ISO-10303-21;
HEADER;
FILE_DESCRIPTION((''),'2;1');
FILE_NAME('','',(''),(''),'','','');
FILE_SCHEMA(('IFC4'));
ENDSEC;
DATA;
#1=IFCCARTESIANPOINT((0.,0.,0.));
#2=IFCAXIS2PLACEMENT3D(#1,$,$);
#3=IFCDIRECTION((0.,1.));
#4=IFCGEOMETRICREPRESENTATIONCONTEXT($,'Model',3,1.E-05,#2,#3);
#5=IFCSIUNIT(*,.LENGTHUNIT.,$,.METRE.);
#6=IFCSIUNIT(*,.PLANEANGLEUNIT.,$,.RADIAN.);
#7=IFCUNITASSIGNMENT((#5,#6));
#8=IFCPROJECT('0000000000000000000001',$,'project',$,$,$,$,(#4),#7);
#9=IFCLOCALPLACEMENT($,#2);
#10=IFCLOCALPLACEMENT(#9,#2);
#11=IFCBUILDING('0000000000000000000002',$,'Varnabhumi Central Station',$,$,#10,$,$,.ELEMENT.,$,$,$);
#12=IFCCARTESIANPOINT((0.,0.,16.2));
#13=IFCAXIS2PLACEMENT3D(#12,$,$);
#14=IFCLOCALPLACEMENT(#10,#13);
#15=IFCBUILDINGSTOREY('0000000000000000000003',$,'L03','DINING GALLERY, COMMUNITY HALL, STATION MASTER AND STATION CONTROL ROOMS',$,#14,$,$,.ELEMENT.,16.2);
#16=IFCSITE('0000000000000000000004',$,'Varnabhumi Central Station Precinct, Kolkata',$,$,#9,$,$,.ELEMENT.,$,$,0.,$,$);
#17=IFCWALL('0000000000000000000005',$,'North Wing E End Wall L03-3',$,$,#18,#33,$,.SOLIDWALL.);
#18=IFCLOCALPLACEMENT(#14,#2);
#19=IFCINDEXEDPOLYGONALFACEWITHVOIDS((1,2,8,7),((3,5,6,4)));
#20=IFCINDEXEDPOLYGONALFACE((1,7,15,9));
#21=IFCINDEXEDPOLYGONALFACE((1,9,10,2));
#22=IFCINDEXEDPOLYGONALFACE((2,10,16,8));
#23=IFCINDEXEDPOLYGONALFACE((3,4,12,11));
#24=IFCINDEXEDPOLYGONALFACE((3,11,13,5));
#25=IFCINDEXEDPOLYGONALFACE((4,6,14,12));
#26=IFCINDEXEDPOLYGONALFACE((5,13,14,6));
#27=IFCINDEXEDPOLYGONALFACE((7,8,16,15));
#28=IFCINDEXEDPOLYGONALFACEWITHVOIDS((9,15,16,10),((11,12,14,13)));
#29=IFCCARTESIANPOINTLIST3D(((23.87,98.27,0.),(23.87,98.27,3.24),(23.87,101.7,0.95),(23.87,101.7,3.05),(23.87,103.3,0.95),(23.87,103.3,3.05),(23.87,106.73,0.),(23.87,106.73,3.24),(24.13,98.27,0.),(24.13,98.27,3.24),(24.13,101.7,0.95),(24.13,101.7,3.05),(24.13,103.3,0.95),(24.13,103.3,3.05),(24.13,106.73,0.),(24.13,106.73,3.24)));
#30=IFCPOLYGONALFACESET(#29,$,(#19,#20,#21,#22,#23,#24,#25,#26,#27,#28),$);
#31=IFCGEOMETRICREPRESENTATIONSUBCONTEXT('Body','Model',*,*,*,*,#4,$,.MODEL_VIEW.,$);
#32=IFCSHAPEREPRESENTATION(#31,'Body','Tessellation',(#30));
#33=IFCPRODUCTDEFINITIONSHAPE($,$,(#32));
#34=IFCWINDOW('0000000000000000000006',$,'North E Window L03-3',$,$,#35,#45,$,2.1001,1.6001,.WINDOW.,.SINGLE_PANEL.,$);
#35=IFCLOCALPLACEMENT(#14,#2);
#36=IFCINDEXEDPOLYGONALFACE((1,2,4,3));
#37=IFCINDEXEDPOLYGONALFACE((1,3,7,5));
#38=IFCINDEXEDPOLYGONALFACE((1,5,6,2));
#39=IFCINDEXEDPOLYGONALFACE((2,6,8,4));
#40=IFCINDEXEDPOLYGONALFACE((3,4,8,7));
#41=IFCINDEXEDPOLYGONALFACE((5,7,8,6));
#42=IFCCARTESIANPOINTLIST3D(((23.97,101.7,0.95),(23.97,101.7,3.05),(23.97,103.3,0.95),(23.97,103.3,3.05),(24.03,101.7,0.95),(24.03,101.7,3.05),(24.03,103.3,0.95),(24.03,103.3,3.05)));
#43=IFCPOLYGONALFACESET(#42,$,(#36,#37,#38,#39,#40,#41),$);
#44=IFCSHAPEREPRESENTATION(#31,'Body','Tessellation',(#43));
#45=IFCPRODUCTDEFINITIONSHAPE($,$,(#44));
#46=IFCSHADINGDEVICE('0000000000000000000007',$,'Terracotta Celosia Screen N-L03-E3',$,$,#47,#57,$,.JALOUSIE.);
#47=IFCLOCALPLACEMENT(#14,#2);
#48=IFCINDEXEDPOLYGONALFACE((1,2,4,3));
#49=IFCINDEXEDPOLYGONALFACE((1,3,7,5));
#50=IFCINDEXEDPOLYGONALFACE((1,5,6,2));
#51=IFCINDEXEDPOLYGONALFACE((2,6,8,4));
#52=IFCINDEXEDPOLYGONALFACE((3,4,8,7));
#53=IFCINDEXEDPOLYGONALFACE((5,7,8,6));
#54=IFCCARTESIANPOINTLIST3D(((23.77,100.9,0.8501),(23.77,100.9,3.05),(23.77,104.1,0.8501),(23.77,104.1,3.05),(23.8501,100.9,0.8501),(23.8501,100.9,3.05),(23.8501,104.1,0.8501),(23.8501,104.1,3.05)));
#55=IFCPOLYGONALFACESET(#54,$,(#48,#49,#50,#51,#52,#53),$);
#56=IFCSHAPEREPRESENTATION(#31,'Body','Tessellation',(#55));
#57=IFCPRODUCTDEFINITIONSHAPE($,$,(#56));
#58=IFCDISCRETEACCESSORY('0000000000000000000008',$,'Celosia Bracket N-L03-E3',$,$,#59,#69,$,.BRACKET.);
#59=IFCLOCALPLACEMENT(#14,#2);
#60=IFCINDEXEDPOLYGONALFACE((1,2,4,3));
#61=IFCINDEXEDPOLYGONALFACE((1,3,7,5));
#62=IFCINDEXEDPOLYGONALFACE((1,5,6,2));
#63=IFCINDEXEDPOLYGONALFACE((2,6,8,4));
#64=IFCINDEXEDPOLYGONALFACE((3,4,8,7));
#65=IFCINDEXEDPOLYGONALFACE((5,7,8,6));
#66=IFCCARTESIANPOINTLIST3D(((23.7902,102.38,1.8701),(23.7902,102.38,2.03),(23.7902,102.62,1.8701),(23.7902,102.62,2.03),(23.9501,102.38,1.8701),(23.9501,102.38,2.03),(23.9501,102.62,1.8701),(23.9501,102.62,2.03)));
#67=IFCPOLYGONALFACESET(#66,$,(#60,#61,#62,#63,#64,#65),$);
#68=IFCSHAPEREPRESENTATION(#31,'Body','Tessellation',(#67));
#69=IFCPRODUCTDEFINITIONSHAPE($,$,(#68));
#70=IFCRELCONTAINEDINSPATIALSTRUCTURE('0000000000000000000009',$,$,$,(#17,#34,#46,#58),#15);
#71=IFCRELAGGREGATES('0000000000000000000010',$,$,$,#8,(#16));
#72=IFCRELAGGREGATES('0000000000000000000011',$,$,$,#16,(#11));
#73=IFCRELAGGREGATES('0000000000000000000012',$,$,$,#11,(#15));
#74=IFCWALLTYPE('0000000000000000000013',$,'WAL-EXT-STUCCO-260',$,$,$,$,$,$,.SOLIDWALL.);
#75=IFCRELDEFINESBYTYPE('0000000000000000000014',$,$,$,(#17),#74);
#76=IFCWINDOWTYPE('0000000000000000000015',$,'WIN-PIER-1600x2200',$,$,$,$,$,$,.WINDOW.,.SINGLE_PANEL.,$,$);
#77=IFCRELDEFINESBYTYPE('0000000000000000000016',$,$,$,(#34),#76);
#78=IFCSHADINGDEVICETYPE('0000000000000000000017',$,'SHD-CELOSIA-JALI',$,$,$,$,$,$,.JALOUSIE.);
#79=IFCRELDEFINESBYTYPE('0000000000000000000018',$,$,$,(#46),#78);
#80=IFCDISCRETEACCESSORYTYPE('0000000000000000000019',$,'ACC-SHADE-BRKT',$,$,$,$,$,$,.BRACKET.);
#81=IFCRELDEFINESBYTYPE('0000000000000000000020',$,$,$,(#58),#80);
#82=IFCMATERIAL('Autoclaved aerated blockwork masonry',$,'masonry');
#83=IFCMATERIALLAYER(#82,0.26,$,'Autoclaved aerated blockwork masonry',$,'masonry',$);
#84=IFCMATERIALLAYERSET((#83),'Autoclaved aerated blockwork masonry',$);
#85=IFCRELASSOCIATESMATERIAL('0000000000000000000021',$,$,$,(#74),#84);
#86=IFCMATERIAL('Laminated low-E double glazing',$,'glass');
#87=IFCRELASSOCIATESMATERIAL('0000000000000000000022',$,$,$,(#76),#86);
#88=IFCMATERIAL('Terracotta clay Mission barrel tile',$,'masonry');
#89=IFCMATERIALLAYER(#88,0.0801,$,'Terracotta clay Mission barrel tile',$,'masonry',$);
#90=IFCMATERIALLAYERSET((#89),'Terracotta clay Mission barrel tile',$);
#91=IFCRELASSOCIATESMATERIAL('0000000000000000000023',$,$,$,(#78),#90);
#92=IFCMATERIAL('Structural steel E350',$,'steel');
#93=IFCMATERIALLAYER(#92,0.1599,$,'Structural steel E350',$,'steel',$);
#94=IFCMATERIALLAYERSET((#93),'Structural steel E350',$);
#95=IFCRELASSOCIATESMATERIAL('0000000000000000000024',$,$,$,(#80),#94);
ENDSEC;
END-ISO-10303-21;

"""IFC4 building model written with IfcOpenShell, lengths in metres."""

from ifc_helpers import new_model, si_unit, direction, frame, frame_2d, origin, origin_2d, place, context, subcontext, project, spatial, rectangle, extrude, material, layer, layer_set, type_object, element, fill, save


model = new_model("IFC4")

# Units and contexts
model_context = context("Model", 3, precision=1e-05, world=origin(), true_north=direction((0.0, 1.0)))
body_context = subcontext(model_context, "Body", "Model", "MODEL_VIEW")
ifc_project = project(units=[si_unit("LENGTHUNIT", "METRE"), si_unit("PLANEANGLEUNIT", "RADIAN")], contexts=[model_context])

# Site, building, storey
site_placement = place(None, origin())
site = spatial("IfcSite", under=ifc_project, at=site_placement, Name="Varnabhumi Central Station Precinct, Kolkata", CompositionType="ELEMENT", RefElevation=0.0)
building_placement = place(site_placement, origin())
building = spatial("IfcBuilding", under=site, at=building_placement, Name="Varnabhumi Central Station", CompositionType="ELEMENT")
storey_placement = place(building_placement, frame((0.0, 0.0, 16.2)))
storey = spatial("IfcBuildingStorey", under=building, at=storey_placement, Name="L03", Description="DINING GALLERY, COMMUNITY HALL, STATION MASTER AND STATION CONTROL ROOMS", CompositionType="ELEMENT", Elevation=16.2)

# Shared definitions
ifc_material_1 = material(Name="Structural steel E350", Category="steel")

# Wall, opening, window
ifc_material_2 = material(Name="Autoclaved aerated blockwork masonry", Category="masonry")
ifc_layer_1 = layer(ifc_material_2, 0.26, Name="Autoclaved aerated blockwork masonry", Category="masonry")
ifc_layer_set_1 = layer_set([ifc_layer_1], Name="Autoclaved aerated blockwork masonry")
wall_type_1 = type_object("IfcWallType", Name="WAL-EXT-STUCCO-260", PredefinedType="SOLIDWALL", material=ifc_layer_set_1)
wall_1_placement = place(storey_placement, frame((24.0, 98.27, 0.0), z_axis=(0.0, 0.0, 1.0), x_axis=(0.0, 1.0, 0.0)))
wall_1 = element("IfcWall", 1, at=wall_1_placement, inside=storey, type_object=wall_type_1, Name="North Wing E End Wall L03-3", PredefinedType="SOLIDWALL", context=body_context, shape_type="SweptSolid", body=[
    extrude(rectangle(XDim=8.46, YDim=0.26, at=frame_2d((4.23, 0.0))), origin(), (0.0, 0.0, 1.0), 3.24),
])
opening_1_placement = place(wall_1_placement, frame((3.4299, 0.0, 0.95)))
opening_1 = element("IfcOpeningElement", 2, at=opening_1_placement, cuts=wall_1, PredefinedType="OPENING", context=body_context, shape_type="SweptSolid", body=[
    extrude(rectangle(XDim=1.6001, YDim=2.1001, at=frame_2d((0.8, 1.05))), frame((0.0, 0.1399, 0.0), z_axis=(0.0, -1.0, 0.0), x_axis=(1.0, 0.0, 0.0)), (0.0, 0.0, 1.0), 0.28),
])
ifc_material_3 = material(Name="Laminated low-E double glazing", Category="glass")
window_type = type_object("IfcWindowType", Name="WIN-PIER-1600x2200", PartitioningType="SINGLE_PANEL", PredefinedType="WINDOW", material=ifc_material_3)
window_placement = place(opening_1_placement, origin())
window = element("IfcWindow", 3, at=window_placement, inside=storey, type_object=window_type, Name="North E Window L03-3", OverallHeight=2.1001, OverallWidth=1.6001, PartitioningType="SINGLE_PANEL", PredefinedType="WINDOW", context=body_context, shape_type="SweptSolid", body=[
    extrude(rectangle(XDim=1.6001, YDim=2.1001, at=frame_2d((0.8, 1.05))), frame((0.0, 0.03, 0.0), z_axis=(0.0, -1.0, 0.0), x_axis=(1.0, 0.0, 0.0)), (0.0, 0.0, 1.0), 0.0601),
])
fill(opening_1, window)

# Shading device
ifc_material_4 = material(Name="Terracotta clay Mission barrel tile", Category="masonry")
ifc_layer_2 = layer(ifc_material_4, 0.0801, Name="Terracotta clay Mission barrel tile", Category="masonry")
ifc_layer_set_2 = layer_set([ifc_layer_2], Name="Terracotta clay Mission barrel tile")
shading_device_type = type_object("IfcShadingDeviceType", Name="SHD-CELOSIA-JALI", PredefinedType="JALOUSIE", material=ifc_layer_set_2)
shading_device_placement = place(storey_placement, frame((23.8101, 102.5, 0.8501), z_axis=(0.0, 0.0, 1.0), x_axis=(1.0, 0.0, 0.0)))
element("IfcShadingDevice", 4, at=shading_device_placement, inside=storey, type_object=shading_device_type, Name="Terracotta Celosia Screen N-L03-E3", PredefinedType="JALOUSIE", context=body_context, shape_type="SweptSolid", body=[
    extrude(rectangle(XDim=0.0801, YDim=3.2, at=origin_2d()), origin(), (0.0, 0.0, 1.0), 2.2),
])

# Discrete accessory
ifc_layer_3 = layer(ifc_material_1, 0.1599, Name="Structural steel E350", Category="steel")
ifc_layer_set_3 = layer_set([ifc_layer_3], Name="Structural steel E350")
discrete_accessory_type = type_object("IfcDiscreteAccessoryType", Name="ACC-SHADE-BRKT", PredefinedType="BRACKET", material=ifc_layer_set_3)
discrete_accessory_placement = place(storey_placement, frame((23.8701, 102.5, 1.8701), z_axis=(0.0, 0.0, 1.0), x_axis=(1.0, 0.0, 0.0)))
element("IfcDiscreteAccessory", 5, at=discrete_accessory_placement, inside=storey, type_object=discrete_accessory_type, Name="Celosia Bracket N-L03-E3", PredefinedType="BRACKET", context=body_context, shape_type="SweptSolid", body=[
    extrude(rectangle(XDim=0.1599, YDim=0.24, at=origin_2d()), origin(), (0.0, 0.0, 1.0), 0.1599),
])

save(model, "model.ifc")
